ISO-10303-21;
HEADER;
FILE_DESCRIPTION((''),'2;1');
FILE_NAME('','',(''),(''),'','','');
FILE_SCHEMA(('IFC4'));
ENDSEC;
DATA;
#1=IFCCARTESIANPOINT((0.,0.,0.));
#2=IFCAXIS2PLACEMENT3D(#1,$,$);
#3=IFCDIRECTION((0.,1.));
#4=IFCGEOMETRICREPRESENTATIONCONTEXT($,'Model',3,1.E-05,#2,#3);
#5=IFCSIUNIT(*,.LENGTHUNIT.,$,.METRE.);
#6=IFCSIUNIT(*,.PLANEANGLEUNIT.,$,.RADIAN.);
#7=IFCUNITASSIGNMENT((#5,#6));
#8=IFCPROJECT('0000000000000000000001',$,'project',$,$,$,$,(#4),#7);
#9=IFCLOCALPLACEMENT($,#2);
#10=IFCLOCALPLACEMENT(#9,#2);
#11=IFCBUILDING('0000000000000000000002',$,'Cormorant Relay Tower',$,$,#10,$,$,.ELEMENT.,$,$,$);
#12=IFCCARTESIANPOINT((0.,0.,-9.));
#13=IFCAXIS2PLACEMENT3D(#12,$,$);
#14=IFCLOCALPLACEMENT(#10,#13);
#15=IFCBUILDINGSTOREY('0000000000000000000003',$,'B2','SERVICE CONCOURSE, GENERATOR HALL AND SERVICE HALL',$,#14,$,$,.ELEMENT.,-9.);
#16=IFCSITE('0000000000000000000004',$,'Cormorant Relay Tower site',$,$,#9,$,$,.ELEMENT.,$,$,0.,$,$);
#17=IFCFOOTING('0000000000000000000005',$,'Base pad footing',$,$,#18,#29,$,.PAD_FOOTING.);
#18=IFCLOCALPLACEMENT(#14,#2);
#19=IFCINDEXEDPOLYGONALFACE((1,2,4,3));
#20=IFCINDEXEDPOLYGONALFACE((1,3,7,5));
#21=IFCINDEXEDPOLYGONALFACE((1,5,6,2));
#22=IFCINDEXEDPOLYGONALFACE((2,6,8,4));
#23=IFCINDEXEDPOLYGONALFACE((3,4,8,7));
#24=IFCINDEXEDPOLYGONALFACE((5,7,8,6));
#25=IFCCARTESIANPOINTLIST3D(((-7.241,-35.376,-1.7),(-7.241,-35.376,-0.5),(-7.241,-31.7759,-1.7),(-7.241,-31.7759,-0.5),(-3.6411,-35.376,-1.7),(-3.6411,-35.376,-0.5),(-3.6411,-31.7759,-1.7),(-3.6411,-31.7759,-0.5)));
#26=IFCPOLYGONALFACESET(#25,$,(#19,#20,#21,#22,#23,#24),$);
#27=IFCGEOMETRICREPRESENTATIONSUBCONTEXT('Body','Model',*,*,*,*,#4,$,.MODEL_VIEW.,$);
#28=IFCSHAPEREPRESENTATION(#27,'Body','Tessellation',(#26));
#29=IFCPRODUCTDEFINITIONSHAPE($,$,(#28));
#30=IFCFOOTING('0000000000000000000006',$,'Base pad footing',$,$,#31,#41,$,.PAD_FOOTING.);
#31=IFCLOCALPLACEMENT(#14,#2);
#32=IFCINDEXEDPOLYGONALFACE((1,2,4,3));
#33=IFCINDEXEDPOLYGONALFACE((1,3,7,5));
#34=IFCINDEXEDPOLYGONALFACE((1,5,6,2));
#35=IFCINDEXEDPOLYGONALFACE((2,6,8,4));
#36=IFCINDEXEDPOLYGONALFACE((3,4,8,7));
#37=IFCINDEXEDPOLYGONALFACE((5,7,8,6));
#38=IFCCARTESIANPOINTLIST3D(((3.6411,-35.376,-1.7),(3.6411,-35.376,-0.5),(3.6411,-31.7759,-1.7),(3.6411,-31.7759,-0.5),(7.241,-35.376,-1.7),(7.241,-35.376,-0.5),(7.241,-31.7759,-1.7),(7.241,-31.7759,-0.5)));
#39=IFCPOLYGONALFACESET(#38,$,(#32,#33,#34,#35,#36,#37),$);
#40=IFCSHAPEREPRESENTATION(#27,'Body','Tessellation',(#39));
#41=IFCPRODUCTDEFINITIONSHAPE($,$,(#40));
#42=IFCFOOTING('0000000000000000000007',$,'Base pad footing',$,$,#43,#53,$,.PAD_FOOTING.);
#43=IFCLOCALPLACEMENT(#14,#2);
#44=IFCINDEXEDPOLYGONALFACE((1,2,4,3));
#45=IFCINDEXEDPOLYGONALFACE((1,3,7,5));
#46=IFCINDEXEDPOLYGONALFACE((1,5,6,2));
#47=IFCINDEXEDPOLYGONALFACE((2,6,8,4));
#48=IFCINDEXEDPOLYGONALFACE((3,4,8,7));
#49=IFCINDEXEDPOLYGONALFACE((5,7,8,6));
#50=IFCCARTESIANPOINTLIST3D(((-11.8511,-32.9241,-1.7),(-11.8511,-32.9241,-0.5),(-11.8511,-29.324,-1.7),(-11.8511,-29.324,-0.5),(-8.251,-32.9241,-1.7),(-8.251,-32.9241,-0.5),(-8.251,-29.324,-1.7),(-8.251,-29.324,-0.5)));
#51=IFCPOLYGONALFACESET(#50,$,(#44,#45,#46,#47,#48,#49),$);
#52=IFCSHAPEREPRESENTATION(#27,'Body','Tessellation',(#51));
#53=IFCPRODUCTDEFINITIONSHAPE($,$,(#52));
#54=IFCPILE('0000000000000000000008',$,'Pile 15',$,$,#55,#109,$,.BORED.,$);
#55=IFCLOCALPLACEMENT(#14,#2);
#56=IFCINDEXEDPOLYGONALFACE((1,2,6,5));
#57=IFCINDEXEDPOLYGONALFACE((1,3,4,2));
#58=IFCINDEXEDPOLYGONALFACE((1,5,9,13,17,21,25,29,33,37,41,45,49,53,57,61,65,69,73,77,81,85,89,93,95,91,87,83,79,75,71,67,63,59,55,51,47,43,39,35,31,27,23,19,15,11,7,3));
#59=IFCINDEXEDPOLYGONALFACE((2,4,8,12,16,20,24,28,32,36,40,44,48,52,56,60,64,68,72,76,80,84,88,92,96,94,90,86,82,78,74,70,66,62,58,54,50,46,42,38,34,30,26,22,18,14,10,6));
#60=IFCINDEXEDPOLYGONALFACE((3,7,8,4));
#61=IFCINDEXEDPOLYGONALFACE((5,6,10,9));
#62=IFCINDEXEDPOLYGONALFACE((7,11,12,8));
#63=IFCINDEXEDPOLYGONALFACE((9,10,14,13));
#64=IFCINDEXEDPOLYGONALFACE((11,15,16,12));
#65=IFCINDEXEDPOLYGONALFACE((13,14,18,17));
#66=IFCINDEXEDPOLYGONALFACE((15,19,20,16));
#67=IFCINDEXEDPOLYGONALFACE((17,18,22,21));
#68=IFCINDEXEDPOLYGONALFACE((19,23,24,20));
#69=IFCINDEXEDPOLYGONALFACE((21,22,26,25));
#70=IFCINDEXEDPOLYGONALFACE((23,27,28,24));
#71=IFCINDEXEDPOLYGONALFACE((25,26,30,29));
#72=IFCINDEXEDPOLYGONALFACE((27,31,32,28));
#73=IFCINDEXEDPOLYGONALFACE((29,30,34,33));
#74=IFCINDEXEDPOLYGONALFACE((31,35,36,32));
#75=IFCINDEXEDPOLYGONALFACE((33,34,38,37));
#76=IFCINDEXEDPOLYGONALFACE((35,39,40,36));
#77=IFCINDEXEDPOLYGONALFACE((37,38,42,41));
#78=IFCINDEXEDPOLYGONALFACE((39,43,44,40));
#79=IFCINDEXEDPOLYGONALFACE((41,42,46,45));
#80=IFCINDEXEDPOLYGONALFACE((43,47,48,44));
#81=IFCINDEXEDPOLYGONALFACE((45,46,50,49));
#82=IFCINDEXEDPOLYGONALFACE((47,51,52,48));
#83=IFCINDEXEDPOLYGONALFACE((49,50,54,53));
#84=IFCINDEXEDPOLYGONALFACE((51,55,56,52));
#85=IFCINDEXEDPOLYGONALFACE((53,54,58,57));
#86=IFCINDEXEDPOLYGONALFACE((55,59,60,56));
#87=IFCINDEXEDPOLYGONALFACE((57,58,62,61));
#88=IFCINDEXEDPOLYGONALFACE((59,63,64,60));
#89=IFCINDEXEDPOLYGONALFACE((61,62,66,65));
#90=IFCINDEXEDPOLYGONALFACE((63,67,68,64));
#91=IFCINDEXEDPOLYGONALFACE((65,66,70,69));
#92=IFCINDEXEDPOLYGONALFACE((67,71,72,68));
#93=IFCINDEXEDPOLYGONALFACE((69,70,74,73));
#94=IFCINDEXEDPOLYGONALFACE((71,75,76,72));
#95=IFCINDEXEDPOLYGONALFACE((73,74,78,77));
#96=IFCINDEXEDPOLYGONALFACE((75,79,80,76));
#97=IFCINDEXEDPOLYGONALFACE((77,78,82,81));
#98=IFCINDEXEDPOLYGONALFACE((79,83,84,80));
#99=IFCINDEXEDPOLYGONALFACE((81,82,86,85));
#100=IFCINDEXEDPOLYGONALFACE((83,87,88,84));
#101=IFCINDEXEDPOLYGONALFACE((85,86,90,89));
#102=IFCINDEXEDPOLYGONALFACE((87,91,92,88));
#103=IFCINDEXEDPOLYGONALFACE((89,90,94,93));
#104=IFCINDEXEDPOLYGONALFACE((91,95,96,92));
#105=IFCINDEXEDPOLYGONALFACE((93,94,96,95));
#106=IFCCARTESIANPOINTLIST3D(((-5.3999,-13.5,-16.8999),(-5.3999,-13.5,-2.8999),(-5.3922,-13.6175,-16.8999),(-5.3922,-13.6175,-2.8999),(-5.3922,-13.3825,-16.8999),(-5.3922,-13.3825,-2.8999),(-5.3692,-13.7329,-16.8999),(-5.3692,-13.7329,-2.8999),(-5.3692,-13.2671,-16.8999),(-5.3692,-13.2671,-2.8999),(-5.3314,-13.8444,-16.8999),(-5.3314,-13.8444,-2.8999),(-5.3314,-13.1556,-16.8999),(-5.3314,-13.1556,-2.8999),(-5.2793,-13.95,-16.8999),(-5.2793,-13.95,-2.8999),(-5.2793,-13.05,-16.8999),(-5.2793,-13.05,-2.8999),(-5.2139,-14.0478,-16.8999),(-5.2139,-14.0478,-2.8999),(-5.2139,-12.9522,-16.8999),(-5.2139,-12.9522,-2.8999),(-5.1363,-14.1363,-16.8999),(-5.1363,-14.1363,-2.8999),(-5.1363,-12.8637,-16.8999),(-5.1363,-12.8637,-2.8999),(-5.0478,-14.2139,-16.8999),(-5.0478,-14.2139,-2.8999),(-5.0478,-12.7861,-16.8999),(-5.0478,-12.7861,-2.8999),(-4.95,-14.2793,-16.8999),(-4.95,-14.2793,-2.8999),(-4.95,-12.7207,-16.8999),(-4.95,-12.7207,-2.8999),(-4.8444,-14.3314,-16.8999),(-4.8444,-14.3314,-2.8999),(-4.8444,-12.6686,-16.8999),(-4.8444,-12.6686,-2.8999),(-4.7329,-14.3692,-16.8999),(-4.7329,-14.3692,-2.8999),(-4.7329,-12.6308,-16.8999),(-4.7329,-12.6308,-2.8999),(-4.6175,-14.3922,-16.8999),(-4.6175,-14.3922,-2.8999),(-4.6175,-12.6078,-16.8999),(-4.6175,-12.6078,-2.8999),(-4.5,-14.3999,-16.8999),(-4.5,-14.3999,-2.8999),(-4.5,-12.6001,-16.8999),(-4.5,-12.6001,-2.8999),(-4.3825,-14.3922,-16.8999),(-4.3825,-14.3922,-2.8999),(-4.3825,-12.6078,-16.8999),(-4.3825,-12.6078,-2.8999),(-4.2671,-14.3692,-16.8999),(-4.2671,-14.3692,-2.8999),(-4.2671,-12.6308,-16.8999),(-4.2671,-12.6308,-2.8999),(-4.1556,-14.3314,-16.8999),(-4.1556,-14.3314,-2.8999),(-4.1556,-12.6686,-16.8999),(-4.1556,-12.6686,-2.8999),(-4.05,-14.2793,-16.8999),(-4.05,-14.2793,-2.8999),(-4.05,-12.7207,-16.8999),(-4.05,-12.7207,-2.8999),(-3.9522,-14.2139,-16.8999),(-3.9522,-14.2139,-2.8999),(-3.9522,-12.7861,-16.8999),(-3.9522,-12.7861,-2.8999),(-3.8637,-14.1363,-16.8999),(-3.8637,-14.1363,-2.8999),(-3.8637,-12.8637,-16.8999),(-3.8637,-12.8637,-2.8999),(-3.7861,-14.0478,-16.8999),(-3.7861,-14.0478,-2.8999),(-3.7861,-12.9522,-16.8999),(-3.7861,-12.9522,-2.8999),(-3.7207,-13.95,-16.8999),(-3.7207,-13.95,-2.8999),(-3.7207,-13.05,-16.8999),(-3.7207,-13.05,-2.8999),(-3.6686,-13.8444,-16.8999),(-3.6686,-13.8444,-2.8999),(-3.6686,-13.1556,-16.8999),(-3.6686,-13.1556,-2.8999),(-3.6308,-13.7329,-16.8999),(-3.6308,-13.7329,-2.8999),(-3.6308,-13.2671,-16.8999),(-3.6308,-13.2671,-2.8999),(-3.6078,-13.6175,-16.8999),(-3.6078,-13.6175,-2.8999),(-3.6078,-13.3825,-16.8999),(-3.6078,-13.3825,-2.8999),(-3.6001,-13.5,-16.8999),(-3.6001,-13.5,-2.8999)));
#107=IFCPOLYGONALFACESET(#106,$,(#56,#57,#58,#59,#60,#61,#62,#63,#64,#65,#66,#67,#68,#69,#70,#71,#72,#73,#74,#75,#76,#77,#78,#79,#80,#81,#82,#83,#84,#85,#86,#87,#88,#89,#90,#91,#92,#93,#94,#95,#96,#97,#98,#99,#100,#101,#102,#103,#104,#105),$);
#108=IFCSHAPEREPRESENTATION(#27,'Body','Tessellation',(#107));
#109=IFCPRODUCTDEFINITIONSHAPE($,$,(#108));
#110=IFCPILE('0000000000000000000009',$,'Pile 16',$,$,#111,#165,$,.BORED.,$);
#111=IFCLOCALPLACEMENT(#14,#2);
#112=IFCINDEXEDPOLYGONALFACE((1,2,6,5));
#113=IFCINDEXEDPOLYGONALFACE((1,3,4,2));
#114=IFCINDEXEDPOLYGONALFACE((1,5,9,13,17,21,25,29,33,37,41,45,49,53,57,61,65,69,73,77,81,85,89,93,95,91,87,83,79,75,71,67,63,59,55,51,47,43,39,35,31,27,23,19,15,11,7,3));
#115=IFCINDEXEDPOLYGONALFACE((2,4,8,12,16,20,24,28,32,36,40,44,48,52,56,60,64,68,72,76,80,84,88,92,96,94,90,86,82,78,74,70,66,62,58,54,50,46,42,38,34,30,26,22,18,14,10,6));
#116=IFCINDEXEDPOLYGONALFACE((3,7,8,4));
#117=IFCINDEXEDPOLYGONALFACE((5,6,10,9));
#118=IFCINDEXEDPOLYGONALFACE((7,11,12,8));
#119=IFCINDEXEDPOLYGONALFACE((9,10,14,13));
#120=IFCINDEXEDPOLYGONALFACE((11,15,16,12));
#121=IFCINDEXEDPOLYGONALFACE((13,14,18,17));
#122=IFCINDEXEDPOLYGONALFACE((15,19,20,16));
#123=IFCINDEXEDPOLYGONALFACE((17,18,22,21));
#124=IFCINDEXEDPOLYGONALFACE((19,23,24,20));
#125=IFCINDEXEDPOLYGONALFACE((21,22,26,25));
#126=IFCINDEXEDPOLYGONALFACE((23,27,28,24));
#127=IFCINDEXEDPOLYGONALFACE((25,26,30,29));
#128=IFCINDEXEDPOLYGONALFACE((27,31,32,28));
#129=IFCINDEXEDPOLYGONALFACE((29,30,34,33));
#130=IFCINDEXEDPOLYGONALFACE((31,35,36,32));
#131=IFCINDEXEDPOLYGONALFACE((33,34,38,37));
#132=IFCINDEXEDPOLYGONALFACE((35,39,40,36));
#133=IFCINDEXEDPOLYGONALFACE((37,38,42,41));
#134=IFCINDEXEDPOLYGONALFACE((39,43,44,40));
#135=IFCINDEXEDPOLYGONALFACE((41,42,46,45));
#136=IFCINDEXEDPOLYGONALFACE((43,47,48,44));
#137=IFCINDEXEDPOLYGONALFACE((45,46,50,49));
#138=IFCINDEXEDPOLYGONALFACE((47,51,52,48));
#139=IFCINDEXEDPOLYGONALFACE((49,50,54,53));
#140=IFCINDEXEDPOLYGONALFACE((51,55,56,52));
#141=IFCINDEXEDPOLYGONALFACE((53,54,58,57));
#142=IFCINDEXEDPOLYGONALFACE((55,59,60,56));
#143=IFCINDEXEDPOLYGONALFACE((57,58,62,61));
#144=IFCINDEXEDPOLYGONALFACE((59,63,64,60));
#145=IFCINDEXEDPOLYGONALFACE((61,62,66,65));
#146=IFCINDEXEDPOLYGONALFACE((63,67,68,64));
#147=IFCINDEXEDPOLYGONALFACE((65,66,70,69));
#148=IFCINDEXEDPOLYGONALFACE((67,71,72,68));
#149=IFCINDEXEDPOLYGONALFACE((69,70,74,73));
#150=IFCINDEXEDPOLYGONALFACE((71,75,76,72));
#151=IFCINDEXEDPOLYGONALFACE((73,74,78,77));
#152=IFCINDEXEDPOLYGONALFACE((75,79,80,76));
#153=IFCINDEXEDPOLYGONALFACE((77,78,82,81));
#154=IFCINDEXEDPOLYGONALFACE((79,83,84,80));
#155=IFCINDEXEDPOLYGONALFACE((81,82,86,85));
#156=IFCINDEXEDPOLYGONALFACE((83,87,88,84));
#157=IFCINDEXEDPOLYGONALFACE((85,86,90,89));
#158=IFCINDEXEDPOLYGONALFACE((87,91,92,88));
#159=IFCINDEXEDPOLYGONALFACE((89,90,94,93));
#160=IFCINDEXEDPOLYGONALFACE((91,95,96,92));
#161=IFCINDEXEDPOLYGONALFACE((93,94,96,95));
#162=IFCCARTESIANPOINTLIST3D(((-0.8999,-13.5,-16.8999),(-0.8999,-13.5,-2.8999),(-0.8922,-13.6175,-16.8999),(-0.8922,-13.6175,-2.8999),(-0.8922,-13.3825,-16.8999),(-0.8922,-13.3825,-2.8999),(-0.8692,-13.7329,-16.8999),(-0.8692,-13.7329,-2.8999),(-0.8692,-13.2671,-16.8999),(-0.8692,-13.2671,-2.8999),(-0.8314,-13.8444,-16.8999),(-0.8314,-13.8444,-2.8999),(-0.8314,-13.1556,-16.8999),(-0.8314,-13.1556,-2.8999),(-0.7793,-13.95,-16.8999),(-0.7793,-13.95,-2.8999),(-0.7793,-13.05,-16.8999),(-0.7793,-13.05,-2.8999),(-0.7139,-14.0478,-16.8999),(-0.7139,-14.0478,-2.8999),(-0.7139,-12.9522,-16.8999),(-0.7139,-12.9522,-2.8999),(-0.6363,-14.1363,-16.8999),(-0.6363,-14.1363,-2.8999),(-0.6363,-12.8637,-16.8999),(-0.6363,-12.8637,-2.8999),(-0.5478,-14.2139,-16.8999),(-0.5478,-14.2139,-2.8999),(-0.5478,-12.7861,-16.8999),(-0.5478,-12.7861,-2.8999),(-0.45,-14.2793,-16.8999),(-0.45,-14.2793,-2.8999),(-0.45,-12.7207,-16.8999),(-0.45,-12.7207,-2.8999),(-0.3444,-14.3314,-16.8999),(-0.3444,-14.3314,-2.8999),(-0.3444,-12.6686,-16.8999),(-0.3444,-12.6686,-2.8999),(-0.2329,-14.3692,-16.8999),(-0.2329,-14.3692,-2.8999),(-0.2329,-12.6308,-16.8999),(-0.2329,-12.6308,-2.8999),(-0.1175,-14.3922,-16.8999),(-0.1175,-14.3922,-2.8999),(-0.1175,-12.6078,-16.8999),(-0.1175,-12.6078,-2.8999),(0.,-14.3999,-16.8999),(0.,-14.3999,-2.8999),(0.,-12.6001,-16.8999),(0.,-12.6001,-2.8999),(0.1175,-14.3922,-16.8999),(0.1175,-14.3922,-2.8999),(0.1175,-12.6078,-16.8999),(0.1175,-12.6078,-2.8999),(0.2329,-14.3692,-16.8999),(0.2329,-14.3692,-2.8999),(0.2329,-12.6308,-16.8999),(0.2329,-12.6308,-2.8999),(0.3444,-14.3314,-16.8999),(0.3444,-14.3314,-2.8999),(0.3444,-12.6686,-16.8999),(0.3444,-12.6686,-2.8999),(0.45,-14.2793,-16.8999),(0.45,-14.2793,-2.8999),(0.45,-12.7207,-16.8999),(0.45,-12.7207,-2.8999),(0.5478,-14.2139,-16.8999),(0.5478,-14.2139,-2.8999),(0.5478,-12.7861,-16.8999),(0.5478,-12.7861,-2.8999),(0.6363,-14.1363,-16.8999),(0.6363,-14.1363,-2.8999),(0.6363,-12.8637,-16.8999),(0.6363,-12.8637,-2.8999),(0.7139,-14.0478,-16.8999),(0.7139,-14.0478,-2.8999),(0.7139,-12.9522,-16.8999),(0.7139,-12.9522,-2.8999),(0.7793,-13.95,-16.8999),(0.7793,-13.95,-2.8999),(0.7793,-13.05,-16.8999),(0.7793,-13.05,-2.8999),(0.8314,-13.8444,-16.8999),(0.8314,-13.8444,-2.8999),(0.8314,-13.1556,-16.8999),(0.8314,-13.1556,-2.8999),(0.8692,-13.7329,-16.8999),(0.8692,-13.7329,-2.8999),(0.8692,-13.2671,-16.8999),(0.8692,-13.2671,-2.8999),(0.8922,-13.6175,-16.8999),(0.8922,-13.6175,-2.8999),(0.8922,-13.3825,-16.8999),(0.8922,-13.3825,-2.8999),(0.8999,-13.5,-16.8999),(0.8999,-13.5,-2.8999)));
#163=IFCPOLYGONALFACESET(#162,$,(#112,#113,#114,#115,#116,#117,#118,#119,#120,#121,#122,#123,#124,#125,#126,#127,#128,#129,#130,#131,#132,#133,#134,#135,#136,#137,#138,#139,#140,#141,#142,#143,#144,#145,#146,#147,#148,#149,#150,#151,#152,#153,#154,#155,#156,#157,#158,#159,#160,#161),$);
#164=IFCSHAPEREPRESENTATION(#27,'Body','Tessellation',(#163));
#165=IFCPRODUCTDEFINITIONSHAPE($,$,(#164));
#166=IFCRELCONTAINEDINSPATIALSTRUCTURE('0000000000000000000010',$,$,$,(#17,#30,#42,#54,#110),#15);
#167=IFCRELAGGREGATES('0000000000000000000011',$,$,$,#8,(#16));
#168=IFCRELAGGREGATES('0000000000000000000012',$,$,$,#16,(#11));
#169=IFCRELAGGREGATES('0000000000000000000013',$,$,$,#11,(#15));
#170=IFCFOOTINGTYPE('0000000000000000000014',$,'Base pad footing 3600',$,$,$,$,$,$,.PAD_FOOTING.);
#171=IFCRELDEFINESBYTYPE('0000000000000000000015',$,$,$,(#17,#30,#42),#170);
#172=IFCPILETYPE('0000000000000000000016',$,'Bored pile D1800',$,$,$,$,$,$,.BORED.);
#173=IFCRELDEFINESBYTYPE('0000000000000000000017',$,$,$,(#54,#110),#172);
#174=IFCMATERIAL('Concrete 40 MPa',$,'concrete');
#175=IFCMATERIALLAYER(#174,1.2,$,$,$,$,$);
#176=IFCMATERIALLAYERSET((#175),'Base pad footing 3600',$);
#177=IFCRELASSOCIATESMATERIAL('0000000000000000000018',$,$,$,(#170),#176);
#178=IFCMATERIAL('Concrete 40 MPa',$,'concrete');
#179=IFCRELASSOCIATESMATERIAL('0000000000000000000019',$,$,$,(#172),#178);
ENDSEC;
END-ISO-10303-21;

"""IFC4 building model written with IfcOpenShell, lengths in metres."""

from ifc_helpers import new_model, si_unit, direction, frame, origin, origin_2d, place, context, subcontext, project, spatial, polyline, circle, outline, extrude, material, layer, layer_set, material_profile, profile_set, type_object, element, save


model = new_model("IFC4")

# Units and contexts
model_context = context("Model", 3, precision=1e-05, world=origin(), true_north=direction((0.0, 1.0)))
body_context = subcontext(model_context, "Body", "Model", "MODEL_VIEW")
ifc_project = project(units=[si_unit("LENGTHUNIT", "METRE"), si_unit("PLANEANGLEUNIT", "RADIAN")], contexts=[model_context])

# Site, building, storey
site_placement = place(None, origin())
site = spatial("IfcSite", under=ifc_project, at=site_placement, Name="Cormorant Relay Tower site", CompositionType="ELEMENT", RefElevation=0.0)
building_placement = place(site_placement, origin())
building = spatial("IfcBuilding", under=site, at=building_placement, Name="Cormorant Relay Tower", CompositionType="ELEMENT")
storey_placement = place(building_placement, frame((0.0, 0.0, -9.0)))
storey = spatial("IfcBuildingStorey", under=building, at=storey_placement, Name="B2", Description="SERVICE CONCOURSE, GENERATOR HALL AND SERVICE HALL", CompositionType="ELEMENT", Elevation=-9.0)

# Footings
ifc_material_1 = material(Name="Concrete 40 MPa", Category="concrete")
ifc_layer_1 = layer(ifc_material_1, 1.2)
ifc_layer_set_1 = layer_set([ifc_layer_1], Name="Base pad footing 3600")
footing_type_1 = type_object("IfcFootingType", Name="Base pad footing 3600", PredefinedType="PAD_FOOTING", material=ifc_layer_set_1)
footing_1_placement = place(storey_placement, frame((0.0, 0.0, -1.7)))
element("IfcFooting", 1, at=footing_1_placement, inside=storey, type_object=footing_type_1, Name="Base pad footing", PredefinedType="PAD_FOOTING", context=body_context, shape_type="SweptSolid", body=[
    extrude(outline(polyline([(-7.241, -35.376), (-3.6411, -35.376), (-3.6411, -31.7759), (-7.241, -31.7759), (-7.241, -35.376)])), origin(), (0.0, 0.0, 1.0), 1.2),
])
footing_2_placement = place(storey_placement, frame((0.0, 0.0, -1.7)))
element("IfcFooting", 2, at=footing_2_placement, inside=storey, type_object=footing_type_1, Name="Base pad footing", PredefinedType="PAD_FOOTING", context=body_context, shape_type="SweptSolid", body=[
    extrude(outline(polyline([(3.6411, -35.376), (7.241, -35.376), (7.241, -31.7759), (3.6411, -31.7759), (3.6411, -35.376)])), origin(), (0.0, 0.0, 1.0), 1.2),
])
footing_3_placement = place(storey_placement, frame((0.0, 0.0, -1.7)))
element("IfcFooting", 3, at=footing_3_placement, inside=storey, type_object=footing_type_1, Name="Base pad footing", PredefinedType="PAD_FOOTING", context=body_context, shape_type="SweptSolid", body=[
    extrude(outline(polyline([(-11.8511, -32.9241), (-8.251, -32.9241), (-8.251, -29.324), (-11.8511, -29.324), (-11.8511, -32.9241)])), origin(), (0.0, 0.0, 1.0), 1.2),
])

# Piles
ifc_material_2 = material(Name="Concrete 40 MPa", Category="concrete")
ifc_material_profile_1 = material_profile(ifc_material_2, circle(Radius=0.8999, at=origin_2d()), Name="BP1800")
ifc_profile_set_1 = profile_set([ifc_material_profile_1], Name="Concrete 40 MPa")
pile_type = type_object("IfcPileType", Name="Bored pile D1800", PredefinedType="BORED", material=ifc_profile_set_1)
for number, where, z_axis, x_axis, name in (
    (4, (-4.5, -13.5, -2.8999), (0.0, 0.0, -1.0), (1.0, 0.0, 0.0), "Pile 15"),
    (5, (0.0, -13.5, -2.8999), (0.0, 0.0, -1.0), (1.0, 0.0, 0.0), "Pile 16"),
):
    element("IfcPile", number, at=place(storey_placement, frame(where, z_axis=z_axis, x_axis=x_axis)), inside=storey, type_object=pile_type, Name=name, PredefinedType="BORED", context=body_context, shape_type="SweptSolid", body=[
        extrude(circle(Radius=0.8999, at=origin_2d()), origin(), (0.0, 0.0, 1.0), 14.0),
    ])

save(model, "model.ifc")
